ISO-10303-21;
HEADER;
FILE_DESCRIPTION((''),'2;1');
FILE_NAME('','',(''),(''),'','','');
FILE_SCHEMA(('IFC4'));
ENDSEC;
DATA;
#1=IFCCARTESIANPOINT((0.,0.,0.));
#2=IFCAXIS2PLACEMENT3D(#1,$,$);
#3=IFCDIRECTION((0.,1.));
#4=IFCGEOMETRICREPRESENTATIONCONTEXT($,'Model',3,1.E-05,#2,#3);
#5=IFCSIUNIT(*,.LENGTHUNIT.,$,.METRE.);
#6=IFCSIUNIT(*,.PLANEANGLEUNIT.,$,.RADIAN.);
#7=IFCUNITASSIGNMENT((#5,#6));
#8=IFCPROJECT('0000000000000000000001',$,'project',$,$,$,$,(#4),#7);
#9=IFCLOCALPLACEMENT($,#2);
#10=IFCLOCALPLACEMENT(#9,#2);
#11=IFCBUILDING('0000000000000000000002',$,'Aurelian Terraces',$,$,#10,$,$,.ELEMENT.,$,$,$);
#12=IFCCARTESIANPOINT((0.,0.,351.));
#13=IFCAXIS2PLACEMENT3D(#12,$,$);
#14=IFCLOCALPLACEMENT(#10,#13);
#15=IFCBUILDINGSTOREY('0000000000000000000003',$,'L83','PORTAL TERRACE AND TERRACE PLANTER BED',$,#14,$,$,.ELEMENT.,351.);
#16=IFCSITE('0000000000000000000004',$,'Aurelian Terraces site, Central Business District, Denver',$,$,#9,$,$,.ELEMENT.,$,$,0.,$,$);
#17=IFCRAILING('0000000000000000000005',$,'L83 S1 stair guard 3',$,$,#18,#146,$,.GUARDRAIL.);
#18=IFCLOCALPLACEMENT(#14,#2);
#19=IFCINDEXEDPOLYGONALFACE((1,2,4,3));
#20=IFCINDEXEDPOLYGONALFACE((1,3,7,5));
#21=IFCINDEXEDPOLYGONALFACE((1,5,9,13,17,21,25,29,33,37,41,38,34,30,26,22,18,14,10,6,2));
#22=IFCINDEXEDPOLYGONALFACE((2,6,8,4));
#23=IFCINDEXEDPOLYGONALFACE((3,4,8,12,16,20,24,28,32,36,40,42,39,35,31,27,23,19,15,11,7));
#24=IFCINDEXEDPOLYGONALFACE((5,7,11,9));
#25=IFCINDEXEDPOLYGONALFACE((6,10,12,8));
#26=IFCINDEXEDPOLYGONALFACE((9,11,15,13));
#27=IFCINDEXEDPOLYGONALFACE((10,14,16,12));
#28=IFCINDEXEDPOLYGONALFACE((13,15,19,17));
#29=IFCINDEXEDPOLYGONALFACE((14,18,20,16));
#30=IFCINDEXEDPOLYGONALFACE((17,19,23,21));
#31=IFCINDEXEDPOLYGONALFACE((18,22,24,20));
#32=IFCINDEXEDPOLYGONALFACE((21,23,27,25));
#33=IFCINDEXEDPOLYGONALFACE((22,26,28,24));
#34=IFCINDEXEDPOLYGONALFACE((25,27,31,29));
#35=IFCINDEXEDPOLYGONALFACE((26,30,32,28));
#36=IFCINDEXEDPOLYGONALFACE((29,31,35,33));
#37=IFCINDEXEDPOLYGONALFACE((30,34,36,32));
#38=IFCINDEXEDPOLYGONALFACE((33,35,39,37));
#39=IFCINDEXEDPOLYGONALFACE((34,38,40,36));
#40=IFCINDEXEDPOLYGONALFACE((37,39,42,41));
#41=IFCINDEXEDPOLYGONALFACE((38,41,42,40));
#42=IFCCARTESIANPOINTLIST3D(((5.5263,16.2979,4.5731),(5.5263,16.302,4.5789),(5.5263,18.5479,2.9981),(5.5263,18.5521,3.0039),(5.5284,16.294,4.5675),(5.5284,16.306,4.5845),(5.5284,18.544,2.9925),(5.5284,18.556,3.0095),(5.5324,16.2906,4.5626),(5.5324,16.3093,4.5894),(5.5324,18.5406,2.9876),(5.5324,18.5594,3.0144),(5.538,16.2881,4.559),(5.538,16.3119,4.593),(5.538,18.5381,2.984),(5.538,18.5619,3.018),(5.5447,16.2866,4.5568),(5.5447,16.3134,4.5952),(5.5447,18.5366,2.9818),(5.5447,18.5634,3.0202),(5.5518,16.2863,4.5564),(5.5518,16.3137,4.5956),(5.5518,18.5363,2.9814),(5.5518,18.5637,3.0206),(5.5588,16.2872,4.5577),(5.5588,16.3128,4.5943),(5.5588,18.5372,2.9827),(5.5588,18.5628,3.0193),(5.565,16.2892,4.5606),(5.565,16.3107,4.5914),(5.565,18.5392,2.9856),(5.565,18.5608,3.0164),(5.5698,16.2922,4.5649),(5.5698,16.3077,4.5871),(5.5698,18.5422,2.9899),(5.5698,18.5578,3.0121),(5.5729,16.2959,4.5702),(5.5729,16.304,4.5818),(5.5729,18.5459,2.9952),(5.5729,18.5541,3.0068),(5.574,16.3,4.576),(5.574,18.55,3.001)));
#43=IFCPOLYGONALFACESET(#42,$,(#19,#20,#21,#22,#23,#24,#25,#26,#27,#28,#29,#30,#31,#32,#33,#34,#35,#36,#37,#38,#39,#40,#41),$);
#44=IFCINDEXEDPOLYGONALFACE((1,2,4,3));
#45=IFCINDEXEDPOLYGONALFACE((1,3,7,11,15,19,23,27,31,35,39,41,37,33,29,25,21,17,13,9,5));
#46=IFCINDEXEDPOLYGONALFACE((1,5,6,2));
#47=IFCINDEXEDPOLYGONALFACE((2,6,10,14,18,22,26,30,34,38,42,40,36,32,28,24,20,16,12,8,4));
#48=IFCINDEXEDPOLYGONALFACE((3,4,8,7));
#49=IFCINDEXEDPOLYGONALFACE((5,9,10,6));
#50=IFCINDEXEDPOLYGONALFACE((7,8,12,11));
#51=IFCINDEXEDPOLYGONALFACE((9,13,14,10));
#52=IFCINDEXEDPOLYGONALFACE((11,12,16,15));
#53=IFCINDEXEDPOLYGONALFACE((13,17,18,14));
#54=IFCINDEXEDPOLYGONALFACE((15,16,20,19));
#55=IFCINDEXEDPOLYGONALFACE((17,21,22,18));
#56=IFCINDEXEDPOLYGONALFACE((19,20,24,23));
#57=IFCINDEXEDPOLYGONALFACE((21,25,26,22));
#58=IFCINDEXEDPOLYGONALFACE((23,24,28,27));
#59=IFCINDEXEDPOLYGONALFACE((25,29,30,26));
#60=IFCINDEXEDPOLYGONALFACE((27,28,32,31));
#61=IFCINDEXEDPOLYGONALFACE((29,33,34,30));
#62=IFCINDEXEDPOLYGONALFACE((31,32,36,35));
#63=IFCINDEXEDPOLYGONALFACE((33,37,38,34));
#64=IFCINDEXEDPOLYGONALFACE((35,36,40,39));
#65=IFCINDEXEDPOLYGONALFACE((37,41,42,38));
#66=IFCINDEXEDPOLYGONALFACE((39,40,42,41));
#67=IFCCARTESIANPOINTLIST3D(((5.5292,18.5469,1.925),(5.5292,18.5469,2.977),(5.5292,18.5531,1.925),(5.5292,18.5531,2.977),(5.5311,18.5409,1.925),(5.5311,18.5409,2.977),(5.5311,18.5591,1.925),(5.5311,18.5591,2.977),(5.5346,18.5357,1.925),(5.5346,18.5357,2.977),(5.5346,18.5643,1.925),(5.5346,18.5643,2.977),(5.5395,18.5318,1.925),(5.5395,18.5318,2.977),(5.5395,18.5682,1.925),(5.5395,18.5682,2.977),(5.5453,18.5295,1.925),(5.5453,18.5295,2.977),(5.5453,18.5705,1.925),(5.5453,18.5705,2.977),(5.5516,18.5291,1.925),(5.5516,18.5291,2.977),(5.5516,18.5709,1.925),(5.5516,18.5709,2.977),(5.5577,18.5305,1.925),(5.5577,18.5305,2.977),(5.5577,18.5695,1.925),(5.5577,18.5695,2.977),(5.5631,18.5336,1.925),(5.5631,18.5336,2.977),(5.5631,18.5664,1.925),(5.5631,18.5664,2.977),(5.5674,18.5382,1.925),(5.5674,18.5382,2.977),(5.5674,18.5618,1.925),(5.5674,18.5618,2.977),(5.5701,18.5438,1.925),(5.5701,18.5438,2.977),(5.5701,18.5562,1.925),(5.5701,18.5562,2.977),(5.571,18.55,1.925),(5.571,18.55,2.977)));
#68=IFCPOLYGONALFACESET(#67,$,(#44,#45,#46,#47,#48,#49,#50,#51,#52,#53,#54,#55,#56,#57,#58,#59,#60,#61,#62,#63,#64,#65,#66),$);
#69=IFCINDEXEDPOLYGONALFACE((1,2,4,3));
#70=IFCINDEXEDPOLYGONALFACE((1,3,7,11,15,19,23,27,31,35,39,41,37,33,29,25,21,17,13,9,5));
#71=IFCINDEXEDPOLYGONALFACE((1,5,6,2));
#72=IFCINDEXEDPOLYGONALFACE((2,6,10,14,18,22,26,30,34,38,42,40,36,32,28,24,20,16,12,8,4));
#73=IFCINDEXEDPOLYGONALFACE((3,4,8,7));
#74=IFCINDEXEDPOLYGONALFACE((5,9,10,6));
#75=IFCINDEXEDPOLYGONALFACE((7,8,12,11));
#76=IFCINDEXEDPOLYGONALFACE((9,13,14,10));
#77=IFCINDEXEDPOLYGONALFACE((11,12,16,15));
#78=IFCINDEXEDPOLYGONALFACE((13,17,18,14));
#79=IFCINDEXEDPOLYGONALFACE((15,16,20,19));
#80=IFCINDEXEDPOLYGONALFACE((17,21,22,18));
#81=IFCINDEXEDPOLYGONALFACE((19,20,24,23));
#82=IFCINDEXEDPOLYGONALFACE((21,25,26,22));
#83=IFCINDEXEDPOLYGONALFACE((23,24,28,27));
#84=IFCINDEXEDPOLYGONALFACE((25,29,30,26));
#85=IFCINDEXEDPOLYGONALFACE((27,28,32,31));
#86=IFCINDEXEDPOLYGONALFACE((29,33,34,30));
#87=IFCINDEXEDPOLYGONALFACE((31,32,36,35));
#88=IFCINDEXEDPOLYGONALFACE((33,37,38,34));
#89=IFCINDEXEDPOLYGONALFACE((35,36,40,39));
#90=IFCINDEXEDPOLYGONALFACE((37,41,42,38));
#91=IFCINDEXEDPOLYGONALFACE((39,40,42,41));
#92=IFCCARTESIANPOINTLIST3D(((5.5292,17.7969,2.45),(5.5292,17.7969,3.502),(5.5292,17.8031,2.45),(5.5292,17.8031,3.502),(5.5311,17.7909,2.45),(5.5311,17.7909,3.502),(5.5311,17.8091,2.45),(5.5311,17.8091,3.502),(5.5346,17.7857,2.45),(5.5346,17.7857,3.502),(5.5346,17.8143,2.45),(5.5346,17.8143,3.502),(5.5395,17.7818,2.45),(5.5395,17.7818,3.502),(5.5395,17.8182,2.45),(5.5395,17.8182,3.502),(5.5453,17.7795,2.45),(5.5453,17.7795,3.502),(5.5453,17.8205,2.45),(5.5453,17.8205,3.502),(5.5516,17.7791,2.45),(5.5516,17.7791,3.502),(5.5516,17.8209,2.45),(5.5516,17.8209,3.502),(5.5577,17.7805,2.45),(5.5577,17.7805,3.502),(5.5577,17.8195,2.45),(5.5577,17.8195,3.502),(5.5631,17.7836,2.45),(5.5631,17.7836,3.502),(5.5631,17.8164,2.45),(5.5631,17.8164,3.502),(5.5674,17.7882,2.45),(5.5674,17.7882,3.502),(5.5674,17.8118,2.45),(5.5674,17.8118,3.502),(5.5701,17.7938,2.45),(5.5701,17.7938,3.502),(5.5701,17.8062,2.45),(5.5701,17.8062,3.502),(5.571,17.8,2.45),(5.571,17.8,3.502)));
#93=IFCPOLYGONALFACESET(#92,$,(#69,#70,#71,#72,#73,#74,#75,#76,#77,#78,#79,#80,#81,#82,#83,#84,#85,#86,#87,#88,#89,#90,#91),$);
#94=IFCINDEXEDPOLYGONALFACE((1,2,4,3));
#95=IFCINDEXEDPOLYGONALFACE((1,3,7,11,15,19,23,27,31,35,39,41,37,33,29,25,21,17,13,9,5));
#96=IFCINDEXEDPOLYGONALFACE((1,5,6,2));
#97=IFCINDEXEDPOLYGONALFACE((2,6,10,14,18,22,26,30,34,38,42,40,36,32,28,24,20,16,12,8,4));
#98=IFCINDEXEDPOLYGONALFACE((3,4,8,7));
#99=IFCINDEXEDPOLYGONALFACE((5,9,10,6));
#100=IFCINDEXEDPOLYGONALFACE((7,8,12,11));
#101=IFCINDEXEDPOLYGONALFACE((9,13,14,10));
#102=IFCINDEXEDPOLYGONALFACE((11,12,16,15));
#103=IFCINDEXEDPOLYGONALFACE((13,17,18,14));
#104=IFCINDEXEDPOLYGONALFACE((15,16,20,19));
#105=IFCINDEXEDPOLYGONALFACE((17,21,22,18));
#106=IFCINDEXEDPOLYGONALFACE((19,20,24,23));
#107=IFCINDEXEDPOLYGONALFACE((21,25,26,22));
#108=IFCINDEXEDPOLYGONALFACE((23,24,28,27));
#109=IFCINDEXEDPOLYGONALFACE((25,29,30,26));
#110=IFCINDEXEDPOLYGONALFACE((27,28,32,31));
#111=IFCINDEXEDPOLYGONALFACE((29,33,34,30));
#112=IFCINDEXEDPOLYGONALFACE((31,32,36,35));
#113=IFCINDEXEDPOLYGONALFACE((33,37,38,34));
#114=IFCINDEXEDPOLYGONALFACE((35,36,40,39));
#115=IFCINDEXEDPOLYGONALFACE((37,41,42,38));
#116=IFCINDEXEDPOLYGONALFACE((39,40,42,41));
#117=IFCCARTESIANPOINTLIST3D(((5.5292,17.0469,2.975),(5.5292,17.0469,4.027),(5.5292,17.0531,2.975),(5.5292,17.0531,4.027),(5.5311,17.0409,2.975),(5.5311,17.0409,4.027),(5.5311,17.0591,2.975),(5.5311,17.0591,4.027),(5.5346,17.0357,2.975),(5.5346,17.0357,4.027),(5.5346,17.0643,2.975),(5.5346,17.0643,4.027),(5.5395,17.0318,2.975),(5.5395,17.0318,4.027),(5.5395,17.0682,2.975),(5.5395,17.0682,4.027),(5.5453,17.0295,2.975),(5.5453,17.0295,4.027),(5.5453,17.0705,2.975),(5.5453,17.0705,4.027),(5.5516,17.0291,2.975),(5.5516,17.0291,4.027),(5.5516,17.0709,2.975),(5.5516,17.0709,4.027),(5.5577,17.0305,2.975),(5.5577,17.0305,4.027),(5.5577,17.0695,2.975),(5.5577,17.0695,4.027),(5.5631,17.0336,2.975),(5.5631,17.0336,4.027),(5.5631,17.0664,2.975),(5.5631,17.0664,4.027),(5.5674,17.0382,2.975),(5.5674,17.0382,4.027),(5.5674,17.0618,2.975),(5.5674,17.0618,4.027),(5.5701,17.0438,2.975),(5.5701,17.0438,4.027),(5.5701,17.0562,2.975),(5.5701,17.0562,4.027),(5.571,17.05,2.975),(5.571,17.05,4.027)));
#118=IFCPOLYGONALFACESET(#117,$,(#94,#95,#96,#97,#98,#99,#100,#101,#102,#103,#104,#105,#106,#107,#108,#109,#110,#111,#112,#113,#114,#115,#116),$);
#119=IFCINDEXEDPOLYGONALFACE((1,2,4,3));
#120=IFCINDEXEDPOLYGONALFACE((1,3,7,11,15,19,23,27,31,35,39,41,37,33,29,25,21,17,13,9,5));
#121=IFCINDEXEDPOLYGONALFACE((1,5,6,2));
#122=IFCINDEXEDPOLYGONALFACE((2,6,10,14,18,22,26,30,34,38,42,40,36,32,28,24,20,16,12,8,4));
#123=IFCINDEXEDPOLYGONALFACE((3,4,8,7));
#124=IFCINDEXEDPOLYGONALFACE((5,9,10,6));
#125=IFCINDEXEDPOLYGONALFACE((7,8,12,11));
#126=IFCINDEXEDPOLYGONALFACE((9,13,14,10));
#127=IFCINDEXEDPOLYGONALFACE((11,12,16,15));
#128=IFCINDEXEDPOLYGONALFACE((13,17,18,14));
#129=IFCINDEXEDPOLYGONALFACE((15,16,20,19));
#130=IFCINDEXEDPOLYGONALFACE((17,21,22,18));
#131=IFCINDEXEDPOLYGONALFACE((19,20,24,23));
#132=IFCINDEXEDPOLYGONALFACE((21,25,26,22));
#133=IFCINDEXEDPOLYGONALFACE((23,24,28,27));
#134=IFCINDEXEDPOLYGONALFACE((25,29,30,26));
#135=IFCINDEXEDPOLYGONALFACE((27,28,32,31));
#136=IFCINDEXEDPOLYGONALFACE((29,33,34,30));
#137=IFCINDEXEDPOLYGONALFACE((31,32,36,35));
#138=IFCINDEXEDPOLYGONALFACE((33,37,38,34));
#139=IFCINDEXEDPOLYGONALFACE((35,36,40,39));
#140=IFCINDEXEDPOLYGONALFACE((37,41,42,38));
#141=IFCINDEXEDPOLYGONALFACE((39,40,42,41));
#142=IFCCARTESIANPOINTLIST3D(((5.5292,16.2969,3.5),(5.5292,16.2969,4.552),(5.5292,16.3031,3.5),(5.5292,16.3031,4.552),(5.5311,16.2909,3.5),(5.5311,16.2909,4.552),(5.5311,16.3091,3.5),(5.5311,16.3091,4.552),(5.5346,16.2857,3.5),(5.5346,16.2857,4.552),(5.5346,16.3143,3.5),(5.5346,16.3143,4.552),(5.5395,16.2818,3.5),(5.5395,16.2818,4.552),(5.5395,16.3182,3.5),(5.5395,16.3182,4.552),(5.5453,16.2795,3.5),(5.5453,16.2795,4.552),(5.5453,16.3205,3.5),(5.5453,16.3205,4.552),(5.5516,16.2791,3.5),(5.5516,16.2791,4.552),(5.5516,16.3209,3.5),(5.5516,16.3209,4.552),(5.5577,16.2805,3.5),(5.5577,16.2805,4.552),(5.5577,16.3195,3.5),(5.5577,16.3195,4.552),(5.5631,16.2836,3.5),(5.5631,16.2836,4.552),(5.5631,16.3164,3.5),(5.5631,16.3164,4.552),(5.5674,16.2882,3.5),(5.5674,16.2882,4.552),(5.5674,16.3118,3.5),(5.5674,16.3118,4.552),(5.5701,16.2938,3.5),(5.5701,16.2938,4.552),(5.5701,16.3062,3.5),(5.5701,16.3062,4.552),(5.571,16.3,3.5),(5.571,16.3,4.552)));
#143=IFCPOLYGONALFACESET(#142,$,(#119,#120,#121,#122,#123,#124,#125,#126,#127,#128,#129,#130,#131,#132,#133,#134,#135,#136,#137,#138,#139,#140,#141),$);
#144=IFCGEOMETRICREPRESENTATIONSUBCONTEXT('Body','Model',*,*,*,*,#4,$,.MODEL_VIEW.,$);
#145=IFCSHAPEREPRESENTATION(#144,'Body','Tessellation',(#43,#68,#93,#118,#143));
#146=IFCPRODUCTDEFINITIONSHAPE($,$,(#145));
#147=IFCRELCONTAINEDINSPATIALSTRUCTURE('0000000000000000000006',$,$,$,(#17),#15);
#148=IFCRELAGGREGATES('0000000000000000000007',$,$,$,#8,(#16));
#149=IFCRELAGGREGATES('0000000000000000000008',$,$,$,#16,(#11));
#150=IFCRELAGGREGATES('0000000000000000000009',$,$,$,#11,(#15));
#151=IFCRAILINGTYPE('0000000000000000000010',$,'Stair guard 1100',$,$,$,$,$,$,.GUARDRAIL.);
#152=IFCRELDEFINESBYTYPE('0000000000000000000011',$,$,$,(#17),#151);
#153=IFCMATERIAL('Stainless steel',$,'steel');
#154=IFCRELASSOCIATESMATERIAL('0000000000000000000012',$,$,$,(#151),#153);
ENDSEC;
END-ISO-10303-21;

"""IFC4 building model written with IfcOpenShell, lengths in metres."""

from ifc_helpers import new_model, si_unit, direction, frame, origin, origin_2d, place, context, subcontext, project, spatial, circle, extrude, source, transform, mapped, material, type_object, element, save


model = new_model("IFC4")

# Units and contexts
model_context = context("Model", 3, precision=1e-05, world=origin(), true_north=direction((0.0, 1.0)))
body_context = subcontext(model_context, "Body", "Model", "MODEL_VIEW")
ifc_project = project(units=[si_unit("LENGTHUNIT", "METRE"), si_unit("PLANEANGLEUNIT", "RADIAN")], contexts=[model_context])

# Site, building, storey
site_placement = place(None, origin())
site = spatial("IfcSite", under=ifc_project, at=site_placement, Name="Aurelian Terraces site, Central Business District, Denver", CompositionType="ELEMENT", RefElevation=0.0)
building_placement = place(site_placement, origin())
building = spatial("IfcBuilding", under=site, at=building_placement, Name="Aurelian Terraces", CompositionType="ELEMENT")
storey_placement = place(building_placement, frame((0.0, 0.0, 351.0)))
storey = spatial("IfcBuildingStorey", under=building, at=storey_placement, Name="L83", Description="PORTAL TERRACE AND TERRACE PLANTER BED", CompositionType="ELEMENT", Elevation=351.0)

# Railing
ifc_material_1 = material(Name="Stainless steel", Category="steel")
railing_type_1 = type_object("IfcRailingType", Name="Stair guard 1100", PredefinedType="GUARDRAIL", material=ifc_material_1)
shared_shape_1 = source(origin(), body_context, "Body", "SweptSolid", [
    extrude(circle(Radius=0.024, at=origin_2d()), frame((0.0, 0.0, 1.076), z_axis=(0.0, -0.819232, 0.573462), x_axis=(1.0, 0.0, 0.0)), (0.0, 0.0, 1.0), 2.7465),
    extrude(circle(Radius=0.021, at=origin_2d()), origin(), (0.0, 0.0, 1.0), 1.052),
    extrude(circle(Radius=0.021, at=origin_2d()), frame((0.0, -0.75, 0.525)), (0.0, 0.0, 1.0), 1.052),
    extrude(circle(Radius=0.021, at=origin_2d()), frame((0.0, -1.5, 1.05)), (0.0, 0.0, 1.0), 1.052),
    extrude(circle(Radius=0.021, at=origin_2d()), frame((0.0, -2.25, 1.575)), (0.0, 0.0, 1.0), 1.052),
])
railing_1_placement = place(storey_placement, frame((5.55, 18.55, 1.925)))
element("IfcRailing", 1, at=railing_1_placement, inside=storey, type_object=railing_type_1, Name="L83 S1 stair guard 3", PredefinedType="GUARDRAIL", context=body_context, shape_type="MappedRepresentation", body=[
    mapped(shared_shape_1, transform((0.0, 0.0, 0.0), scale=1.0)),
])

save(model, "model.ifc")
